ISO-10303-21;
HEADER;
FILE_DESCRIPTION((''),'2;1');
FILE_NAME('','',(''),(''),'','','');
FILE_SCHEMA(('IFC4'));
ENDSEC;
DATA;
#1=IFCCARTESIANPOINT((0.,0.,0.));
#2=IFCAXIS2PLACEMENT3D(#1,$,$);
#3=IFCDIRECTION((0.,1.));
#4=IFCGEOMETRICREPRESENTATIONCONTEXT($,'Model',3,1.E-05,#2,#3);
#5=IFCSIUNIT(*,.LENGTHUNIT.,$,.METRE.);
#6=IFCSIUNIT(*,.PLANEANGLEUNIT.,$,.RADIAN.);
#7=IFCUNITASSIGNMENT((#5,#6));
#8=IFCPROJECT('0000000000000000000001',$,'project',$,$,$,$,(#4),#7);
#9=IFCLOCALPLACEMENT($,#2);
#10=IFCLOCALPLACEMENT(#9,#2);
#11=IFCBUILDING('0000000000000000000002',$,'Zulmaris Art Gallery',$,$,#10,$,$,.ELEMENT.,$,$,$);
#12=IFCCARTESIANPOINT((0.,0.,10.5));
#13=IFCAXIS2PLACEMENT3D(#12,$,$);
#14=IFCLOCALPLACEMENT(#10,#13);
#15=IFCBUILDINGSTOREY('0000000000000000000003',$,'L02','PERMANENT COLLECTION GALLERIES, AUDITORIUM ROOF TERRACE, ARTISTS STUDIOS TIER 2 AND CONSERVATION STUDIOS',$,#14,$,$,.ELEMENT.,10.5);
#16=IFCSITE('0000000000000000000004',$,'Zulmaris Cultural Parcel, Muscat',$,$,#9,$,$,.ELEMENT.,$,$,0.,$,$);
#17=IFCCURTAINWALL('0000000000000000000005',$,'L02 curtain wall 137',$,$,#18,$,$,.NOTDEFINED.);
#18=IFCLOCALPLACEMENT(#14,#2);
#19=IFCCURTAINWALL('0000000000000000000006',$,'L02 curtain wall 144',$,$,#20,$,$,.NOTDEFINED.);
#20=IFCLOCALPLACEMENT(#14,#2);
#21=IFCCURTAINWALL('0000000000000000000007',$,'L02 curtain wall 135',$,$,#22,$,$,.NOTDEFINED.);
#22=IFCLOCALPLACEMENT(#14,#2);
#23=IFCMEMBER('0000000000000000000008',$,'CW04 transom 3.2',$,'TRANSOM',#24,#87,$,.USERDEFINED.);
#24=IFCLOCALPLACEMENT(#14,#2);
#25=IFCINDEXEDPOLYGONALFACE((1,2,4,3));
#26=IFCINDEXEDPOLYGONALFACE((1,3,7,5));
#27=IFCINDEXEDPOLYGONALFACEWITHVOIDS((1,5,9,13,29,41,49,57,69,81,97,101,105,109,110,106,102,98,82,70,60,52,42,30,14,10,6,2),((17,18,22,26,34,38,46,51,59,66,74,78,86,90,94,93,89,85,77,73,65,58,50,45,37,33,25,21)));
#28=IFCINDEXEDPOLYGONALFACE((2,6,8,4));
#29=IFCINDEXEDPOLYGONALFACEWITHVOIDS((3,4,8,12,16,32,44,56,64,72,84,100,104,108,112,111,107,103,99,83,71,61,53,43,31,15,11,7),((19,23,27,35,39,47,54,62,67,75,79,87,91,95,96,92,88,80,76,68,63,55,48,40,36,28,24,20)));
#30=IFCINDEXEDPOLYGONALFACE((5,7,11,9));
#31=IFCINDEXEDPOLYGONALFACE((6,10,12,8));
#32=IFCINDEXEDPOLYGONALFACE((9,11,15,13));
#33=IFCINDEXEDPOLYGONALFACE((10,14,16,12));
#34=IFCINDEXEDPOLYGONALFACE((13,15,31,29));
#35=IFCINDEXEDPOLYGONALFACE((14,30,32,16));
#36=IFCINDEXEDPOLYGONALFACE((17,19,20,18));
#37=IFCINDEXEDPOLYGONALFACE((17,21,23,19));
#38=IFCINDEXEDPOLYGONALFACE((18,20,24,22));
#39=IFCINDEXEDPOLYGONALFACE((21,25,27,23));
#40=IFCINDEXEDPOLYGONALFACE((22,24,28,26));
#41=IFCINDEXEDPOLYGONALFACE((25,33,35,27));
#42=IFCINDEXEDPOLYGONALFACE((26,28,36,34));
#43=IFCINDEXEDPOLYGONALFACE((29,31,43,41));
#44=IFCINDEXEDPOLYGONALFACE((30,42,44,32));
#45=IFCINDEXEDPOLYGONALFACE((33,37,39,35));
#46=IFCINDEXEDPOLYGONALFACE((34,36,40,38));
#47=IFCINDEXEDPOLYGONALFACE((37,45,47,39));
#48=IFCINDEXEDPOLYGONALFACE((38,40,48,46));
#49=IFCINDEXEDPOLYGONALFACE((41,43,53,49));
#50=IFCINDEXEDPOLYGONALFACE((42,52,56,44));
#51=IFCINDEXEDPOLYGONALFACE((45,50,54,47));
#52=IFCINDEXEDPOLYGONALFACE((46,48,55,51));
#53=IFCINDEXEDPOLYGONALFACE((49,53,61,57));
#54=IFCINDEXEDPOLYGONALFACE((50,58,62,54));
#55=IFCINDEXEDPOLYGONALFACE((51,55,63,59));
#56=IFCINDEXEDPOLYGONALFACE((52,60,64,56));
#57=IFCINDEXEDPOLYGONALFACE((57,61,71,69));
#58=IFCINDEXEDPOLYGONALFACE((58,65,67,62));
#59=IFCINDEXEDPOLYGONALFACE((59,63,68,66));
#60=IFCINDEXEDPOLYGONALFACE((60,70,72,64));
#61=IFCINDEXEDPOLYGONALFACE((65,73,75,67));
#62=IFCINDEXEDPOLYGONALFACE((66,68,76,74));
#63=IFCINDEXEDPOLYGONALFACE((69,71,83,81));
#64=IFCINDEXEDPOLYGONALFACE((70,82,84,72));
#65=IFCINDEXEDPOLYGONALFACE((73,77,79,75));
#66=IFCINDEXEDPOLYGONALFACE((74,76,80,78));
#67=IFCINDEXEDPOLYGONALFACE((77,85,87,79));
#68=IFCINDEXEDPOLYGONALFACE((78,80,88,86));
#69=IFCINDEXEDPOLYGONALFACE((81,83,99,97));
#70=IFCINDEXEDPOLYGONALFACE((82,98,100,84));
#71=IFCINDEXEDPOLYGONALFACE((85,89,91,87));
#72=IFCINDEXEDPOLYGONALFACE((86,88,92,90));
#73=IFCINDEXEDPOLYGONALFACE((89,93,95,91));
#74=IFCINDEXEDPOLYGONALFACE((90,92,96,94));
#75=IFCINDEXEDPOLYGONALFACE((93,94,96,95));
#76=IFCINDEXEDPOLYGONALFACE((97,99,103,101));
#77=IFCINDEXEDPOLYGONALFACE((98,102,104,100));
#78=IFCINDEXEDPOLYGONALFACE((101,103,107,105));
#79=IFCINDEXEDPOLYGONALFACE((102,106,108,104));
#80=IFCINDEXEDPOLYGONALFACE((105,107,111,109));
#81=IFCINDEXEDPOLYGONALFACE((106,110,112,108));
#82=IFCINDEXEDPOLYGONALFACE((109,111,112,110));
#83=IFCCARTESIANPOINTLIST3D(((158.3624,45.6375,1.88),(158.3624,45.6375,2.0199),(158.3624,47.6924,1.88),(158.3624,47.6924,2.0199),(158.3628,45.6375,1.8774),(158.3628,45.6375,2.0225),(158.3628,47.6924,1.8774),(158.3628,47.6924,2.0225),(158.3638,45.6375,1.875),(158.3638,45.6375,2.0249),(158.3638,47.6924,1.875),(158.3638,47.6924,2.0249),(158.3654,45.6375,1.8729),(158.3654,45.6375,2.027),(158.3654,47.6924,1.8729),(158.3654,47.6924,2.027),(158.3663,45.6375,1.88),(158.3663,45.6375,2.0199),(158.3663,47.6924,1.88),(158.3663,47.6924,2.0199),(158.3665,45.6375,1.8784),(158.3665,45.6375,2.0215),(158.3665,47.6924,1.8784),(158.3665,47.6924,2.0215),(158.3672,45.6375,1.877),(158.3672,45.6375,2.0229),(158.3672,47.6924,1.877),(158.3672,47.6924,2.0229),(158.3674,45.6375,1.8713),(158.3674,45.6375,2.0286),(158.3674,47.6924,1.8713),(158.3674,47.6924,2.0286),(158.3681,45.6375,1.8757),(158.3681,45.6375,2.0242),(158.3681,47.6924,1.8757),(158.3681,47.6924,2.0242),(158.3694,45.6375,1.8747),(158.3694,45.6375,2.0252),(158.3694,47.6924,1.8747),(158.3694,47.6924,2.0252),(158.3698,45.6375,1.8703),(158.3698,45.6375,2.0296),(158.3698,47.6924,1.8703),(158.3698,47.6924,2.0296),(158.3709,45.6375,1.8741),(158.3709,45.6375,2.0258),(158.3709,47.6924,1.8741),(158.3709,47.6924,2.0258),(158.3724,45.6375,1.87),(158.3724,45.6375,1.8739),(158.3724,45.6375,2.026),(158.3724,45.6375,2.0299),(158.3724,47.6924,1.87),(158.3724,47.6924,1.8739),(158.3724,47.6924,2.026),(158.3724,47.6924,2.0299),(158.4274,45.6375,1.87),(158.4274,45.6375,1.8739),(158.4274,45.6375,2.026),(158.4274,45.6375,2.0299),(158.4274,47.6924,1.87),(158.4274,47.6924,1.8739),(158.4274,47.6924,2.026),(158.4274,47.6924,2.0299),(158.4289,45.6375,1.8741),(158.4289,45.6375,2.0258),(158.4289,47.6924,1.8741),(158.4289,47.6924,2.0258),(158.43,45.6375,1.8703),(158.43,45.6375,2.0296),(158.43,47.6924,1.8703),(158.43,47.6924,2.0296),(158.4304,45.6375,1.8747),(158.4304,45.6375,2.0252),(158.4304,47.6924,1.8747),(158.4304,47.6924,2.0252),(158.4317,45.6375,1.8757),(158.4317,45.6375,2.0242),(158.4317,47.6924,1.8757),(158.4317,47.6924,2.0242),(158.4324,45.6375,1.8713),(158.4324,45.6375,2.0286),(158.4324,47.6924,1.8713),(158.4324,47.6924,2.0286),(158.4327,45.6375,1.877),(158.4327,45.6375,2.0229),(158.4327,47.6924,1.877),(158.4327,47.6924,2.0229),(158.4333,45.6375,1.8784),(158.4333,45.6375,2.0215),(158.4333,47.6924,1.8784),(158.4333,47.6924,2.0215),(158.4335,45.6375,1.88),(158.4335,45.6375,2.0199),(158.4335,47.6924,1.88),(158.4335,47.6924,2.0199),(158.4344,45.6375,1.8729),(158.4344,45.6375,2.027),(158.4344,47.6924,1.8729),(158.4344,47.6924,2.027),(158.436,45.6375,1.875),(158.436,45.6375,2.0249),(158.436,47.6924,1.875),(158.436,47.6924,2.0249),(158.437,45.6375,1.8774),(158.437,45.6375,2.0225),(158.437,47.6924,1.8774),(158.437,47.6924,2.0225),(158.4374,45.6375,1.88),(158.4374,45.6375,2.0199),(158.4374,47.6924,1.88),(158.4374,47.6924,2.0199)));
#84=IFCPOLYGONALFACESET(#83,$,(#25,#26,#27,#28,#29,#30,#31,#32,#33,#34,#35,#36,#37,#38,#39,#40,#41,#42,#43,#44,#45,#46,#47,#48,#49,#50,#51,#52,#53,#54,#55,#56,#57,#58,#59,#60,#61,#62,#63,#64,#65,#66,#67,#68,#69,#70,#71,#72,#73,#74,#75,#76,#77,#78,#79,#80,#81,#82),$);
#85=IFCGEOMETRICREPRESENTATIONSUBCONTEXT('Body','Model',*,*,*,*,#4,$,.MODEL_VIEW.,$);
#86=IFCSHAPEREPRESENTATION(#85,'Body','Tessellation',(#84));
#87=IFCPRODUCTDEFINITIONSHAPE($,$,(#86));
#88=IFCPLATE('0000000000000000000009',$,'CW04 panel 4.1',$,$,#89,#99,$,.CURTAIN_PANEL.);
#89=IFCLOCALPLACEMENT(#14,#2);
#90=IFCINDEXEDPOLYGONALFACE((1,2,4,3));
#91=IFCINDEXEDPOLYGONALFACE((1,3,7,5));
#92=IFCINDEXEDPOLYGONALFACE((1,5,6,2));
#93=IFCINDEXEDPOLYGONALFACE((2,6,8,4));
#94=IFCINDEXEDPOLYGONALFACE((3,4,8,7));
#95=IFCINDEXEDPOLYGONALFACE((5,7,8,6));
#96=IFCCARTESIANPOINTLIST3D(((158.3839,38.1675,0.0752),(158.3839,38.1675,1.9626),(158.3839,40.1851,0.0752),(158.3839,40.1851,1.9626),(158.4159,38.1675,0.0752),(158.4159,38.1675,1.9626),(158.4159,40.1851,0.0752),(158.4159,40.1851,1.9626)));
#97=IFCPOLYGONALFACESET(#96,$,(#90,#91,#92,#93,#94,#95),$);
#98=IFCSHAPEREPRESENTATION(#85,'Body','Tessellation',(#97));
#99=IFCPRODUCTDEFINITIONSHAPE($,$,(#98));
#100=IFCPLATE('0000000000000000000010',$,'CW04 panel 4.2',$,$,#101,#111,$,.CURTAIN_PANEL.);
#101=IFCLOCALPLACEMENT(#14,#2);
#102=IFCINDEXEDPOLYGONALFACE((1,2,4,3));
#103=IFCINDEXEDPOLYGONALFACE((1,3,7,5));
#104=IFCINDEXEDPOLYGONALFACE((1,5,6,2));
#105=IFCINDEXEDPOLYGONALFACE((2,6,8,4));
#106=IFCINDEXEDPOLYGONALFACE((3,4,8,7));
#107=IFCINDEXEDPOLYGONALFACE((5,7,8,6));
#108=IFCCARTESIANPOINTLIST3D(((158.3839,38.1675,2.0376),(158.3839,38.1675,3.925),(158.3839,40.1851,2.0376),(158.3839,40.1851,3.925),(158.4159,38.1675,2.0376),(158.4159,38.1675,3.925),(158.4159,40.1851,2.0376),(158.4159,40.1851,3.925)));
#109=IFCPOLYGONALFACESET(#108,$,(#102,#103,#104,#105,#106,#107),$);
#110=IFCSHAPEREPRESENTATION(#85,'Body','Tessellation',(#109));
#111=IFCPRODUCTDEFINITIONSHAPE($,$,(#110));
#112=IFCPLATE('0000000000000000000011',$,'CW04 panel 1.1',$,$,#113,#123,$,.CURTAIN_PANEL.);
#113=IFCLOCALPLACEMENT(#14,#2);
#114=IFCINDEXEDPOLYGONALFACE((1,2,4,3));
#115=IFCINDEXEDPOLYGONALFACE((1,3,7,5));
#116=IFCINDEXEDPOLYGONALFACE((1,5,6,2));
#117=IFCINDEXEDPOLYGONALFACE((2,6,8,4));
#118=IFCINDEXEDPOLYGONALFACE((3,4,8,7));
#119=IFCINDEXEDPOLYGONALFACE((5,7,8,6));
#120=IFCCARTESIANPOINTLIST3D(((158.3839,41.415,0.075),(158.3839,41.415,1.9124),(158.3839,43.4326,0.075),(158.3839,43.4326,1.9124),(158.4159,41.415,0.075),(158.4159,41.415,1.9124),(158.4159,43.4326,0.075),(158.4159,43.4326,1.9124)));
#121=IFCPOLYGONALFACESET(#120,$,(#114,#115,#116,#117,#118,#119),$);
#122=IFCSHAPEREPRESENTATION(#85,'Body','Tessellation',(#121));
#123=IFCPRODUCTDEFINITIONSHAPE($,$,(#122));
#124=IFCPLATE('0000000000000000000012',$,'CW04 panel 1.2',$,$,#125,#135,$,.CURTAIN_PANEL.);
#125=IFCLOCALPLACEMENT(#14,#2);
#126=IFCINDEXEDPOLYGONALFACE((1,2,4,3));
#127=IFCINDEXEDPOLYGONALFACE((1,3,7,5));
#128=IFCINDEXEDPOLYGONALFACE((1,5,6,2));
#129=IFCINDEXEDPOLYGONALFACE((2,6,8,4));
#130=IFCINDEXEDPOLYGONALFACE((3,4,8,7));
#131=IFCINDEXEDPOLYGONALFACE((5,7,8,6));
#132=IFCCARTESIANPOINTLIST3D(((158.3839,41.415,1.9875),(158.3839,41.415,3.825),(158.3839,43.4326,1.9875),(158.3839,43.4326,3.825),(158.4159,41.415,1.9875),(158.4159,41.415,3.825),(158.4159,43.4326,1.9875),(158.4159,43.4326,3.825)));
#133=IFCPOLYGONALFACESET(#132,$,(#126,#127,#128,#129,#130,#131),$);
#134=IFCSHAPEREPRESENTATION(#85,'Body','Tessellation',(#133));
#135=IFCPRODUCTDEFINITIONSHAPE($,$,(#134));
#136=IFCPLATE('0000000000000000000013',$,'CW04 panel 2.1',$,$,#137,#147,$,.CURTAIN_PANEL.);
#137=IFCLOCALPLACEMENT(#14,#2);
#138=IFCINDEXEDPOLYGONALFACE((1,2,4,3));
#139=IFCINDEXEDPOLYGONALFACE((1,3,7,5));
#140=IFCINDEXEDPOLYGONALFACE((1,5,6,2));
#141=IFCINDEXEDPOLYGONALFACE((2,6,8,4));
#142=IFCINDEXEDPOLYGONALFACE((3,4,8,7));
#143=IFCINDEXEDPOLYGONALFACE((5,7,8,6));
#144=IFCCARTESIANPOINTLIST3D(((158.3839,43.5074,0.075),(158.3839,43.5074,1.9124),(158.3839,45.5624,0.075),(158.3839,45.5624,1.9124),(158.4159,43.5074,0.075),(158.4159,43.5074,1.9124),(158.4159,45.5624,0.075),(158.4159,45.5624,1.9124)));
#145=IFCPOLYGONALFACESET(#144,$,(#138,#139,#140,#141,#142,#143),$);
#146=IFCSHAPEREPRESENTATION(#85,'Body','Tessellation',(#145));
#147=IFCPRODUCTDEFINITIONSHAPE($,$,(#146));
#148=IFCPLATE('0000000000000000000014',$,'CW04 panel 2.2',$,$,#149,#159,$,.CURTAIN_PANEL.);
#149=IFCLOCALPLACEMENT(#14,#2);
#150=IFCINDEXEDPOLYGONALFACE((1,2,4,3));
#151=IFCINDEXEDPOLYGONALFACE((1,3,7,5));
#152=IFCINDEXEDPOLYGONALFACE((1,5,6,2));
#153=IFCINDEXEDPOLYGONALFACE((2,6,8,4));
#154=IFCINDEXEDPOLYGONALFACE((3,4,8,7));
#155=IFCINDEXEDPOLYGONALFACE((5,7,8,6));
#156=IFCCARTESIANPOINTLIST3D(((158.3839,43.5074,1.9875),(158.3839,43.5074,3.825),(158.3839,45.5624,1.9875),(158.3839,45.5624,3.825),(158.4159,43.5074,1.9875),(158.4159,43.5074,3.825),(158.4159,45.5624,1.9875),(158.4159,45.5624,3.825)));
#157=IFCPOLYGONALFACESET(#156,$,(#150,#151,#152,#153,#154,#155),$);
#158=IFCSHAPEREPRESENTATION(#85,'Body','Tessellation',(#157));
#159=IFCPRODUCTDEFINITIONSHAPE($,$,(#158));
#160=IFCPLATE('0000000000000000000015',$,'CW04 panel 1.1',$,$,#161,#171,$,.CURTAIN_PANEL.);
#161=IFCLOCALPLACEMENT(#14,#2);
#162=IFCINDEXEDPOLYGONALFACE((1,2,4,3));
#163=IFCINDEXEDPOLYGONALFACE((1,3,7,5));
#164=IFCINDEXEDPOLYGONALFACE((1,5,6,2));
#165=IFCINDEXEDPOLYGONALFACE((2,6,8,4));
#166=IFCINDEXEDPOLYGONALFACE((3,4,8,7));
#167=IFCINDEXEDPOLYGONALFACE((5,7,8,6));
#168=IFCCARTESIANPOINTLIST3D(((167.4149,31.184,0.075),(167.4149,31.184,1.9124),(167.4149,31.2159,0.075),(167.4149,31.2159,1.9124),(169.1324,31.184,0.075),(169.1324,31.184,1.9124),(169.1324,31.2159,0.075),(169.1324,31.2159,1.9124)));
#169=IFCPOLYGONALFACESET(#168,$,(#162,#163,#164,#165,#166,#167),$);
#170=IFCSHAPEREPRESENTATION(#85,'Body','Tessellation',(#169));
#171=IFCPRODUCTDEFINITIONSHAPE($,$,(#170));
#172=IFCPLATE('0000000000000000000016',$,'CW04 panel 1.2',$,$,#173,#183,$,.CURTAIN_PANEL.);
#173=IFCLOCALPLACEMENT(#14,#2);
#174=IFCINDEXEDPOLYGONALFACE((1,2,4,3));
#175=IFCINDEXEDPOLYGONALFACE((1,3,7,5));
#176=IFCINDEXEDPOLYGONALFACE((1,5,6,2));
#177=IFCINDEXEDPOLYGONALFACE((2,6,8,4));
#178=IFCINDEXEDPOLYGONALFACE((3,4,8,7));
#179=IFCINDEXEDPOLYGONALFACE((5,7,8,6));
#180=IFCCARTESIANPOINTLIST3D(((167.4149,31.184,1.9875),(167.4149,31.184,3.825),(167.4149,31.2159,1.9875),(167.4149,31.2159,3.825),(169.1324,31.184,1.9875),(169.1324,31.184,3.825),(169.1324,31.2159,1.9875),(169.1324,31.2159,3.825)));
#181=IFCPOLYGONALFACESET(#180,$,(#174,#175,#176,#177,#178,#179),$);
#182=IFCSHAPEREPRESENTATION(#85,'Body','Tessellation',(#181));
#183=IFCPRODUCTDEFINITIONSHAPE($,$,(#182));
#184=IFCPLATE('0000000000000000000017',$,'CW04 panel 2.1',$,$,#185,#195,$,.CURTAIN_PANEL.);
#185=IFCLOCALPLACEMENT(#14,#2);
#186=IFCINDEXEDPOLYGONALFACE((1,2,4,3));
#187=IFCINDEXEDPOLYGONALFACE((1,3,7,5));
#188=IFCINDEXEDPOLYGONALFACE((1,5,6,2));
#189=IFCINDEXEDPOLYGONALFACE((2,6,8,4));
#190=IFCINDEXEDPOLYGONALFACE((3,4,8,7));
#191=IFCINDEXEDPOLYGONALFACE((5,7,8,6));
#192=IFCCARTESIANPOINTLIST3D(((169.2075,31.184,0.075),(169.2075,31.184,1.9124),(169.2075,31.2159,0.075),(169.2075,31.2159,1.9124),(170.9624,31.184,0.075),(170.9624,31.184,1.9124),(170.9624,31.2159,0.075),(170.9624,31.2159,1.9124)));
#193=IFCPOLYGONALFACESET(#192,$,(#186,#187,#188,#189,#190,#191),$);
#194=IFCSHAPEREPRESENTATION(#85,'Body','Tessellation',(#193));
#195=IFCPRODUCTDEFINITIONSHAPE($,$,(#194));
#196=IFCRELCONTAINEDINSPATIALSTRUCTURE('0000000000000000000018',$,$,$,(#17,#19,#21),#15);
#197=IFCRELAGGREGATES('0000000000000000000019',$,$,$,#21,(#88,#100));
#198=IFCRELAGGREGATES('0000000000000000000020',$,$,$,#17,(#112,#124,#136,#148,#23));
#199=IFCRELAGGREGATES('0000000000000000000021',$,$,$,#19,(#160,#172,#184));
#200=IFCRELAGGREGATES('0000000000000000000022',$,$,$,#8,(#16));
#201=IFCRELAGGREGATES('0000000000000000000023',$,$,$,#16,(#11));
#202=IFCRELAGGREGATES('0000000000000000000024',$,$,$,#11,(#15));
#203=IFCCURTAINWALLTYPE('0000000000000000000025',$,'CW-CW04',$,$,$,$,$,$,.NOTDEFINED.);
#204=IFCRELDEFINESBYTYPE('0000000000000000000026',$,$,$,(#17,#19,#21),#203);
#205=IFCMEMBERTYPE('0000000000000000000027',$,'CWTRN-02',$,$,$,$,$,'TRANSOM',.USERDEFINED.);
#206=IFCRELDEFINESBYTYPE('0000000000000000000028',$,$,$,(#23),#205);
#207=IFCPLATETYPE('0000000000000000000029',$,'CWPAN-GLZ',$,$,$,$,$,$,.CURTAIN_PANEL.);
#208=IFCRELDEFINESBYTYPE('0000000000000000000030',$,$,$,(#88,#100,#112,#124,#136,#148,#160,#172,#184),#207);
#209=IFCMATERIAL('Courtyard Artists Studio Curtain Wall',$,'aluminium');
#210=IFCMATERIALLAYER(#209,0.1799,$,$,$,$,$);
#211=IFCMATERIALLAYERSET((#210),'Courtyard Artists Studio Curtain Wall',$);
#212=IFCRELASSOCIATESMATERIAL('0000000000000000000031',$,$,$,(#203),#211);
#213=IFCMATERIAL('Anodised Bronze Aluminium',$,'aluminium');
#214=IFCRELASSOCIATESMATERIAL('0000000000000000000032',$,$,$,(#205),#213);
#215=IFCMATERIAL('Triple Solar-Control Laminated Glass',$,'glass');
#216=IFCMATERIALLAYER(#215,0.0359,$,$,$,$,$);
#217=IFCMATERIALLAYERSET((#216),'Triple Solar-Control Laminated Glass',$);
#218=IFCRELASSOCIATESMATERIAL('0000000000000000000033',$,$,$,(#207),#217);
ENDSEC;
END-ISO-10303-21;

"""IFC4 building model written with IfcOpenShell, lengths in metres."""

from ifc_helpers import new_model, si_unit, direction, frame, origin, origin_2d, place, context, subcontext, project, spatial, rectangle, hollow_rectangle, extrude, material, layer, layer_set, material_profile, profile_set, type_object, element, aggregate, save


model = new_model("IFC4")

# Units and contexts
model_context = context("Model", 3, precision=1e-05, world=origin(), true_north=direction((0.0, 1.0)))
body_context = subcontext(model_context, "Body", "Model", "MODEL_VIEW")
ifc_project = project(units=[si_unit("LENGTHUNIT", "METRE"), si_unit("PLANEANGLEUNIT", "RADIAN")], contexts=[model_context])

# Site, building, storey
site_placement = place(None, origin())
site = spatial("IfcSite", under=ifc_project, at=site_placement, Name="Zulmaris Cultural Parcel, Muscat", CompositionType="ELEMENT", RefElevation=0.0)
building_placement = place(site_placement, origin())
building = spatial("IfcBuilding", under=site, at=building_placement, Name="Zulmaris Art Gallery", CompositionType="ELEMENT")
storey_placement = place(building_placement, frame((0.0, 0.0, 10.5)))
storey = spatial("IfcBuildingStorey", under=building, at=storey_placement, Name="L02", Description="PERMANENT COLLECTION GALLERIES, AUDITORIUM ROOF TERRACE, ARTISTS STUDIOS TIER 2 AND CONSERVATION STUDIOS", CompositionType="ELEMENT", Elevation=10.5)

# Curtain walls
ifc_material_1 = material(Name="Courtyard Artists Studio Curtain Wall", Category="aluminium")
ifc_layer_1 = layer(ifc_material_1, 0.1799)
ifc_layer_set_1 = layer_set([ifc_layer_1], Name="Courtyard Artists Studio Curtain Wall")
curtain_wall_type = type_object("IfcCurtainWallType", Name="CW-CW04", PredefinedType="NOTDEFINED", material=ifc_layer_set_1)
curtain_wall_1_placement = place(storey_placement, origin())
curtain_wall_1 = element("IfcCurtainWall", 1, at=curtain_wall_1_placement, inside=storey, type_object=curtain_wall_type, Name="L02 curtain wall 137", PredefinedType="NOTDEFINED")
ifc_material_2 = material(Name="Anodised Bronze Aluminium", Category="aluminium")
curtain_wall_2_placement = place(storey_placement, origin())
curtain_wall_2 = element("IfcCurtainWall", 2, at=curtain_wall_2_placement, inside=storey, type_object=curtain_wall_type, Name="L02 curtain wall 144", PredefinedType="NOTDEFINED")
curtain_wall_3_placement = place(storey_placement, origin())
curtain_wall_3 = element("IfcCurtainWall", 3, at=curtain_wall_3_placement, inside=storey, type_object=curtain_wall_type, Name="L02 curtain wall 135", PredefinedType="NOTDEFINED")
ifc_material_profile_1 = material_profile(ifc_material_2, hollow_rectangle(XDim=0.075, YDim=0.1599, WallThickness=0.0039, InnerFilletRadius=0.0061, OuterFilletRadius=0.01, at=origin_2d()), Name="ALU 75x160x4")
ifc_profile_set_1 = profile_set([ifc_material_profile_1], Name="Anodised Bronze Aluminium")
member_type_1 = type_object("IfcMemberType", Name="CWTRN-02", ElementType="TRANSOM", PredefinedType="USERDEFINED", material=ifc_profile_set_1)

# Member
member_1_placement = place(storey_placement, frame((158.3999, 45.6375, 1.95), z_axis=(0.0, 1.0, 0.0), x_axis=(-1.0, 0.0, 0.0)))
member_1 = element("IfcMember", 4, at=member_1_placement, type_object=member_type_1, Name="CW04 transom 3.2", ObjectType="TRANSOM", PredefinedType="USERDEFINED", context=body_context, shape_type="SweptSolid", body=[
    extrude(hollow_rectangle(XDim=0.075, YDim=0.1599, WallThickness=0.0039, InnerFilletRadius=0.0061, OuterFilletRadius=0.01, at=origin_2d()), origin(), (0.0, 0.0, 1.0), 2.0549),
])

# Plates
ifc_material_3 = material(Name="Triple Solar-Control Laminated Glass", Category="glass")
ifc_layer_2 = layer(ifc_material_3, 0.0359)
ifc_layer_set_2 = layer_set([ifc_layer_2], Name="Triple Solar-Control Laminated Glass")
plate_type = type_object("IfcPlateType", Name="CWPAN-GLZ", PredefinedType="CURTAIN_PANEL", material=ifc_layer_set_2)
plate_1_placement = place(storey_placement, frame((158.3999, 39.1763, 0.0752), z_axis=(0.0, 0.0, 1.0), x_axis=(0.0, 1.0, 0.0)))
plate_1 = element("IfcPlate", 5, at=plate_1_placement, type_object=plate_type, Name="CW04 panel 4.1", PredefinedType="CURTAIN_PANEL", context=body_context, shape_type="SweptSolid", body=[
    extrude(rectangle(XDim=2.0176, YDim=0.032, at=origin_2d()), origin(), (0.0, 0.0, 1.0), 1.8875),
])
plate_2_placement = place(storey_placement, frame((158.3999, 39.1763, 2.0376), z_axis=(0.0, 0.0, 1.0), x_axis=(0.0, 1.0, 0.0)))
plate_2 = element("IfcPlate", 6, at=plate_2_placement, type_object=plate_type, Name="CW04 panel 4.2", PredefinedType="CURTAIN_PANEL", context=body_context, shape_type="SweptSolid", body=[
    extrude(rectangle(XDim=2.0176, YDim=0.032, at=origin_2d()), origin(), (0.0, 0.0, 1.0), 1.8875),
])
aggregate(curtain_wall_3, [plate_1, plate_2])
plate_3_placement = place(storey_placement, frame((158.3999, 42.4238, 0.075), z_axis=(0.0, 0.0, 1.0), x_axis=(0.0, 1.0, 0.0)))
plate_3 = element("IfcPlate", 7, at=plate_3_placement, type_object=plate_type, Name="CW04 panel 1.1", PredefinedType="CURTAIN_PANEL", context=body_context, shape_type="SweptSolid", body=[
    extrude(rectangle(XDim=2.0176, YDim=0.032, at=origin_2d()), origin(), (0.0, 0.0, 1.0), 1.8374),
])
plate_4_placement = place(storey_placement, frame((158.3999, 42.4238, 1.9875), z_axis=(0.0, 0.0, 1.0), x_axis=(0.0, 1.0, 0.0)))
plate_4 = element("IfcPlate", 8, at=plate_4_placement, type_object=plate_type, Name="CW04 panel 1.2", PredefinedType="CURTAIN_PANEL", context=body_context, shape_type="SweptSolid", body=[
    extrude(rectangle(XDim=2.0176, YDim=0.032, at=origin_2d()), origin(), (0.0, 0.0, 1.0), 1.8374),
])
plate_5_placement = place(storey_placement, frame((158.3999, 44.5349, 0.075), z_axis=(0.0, 0.0, 1.0), x_axis=(0.0, 1.0, 0.0)))
plate_5 = element("IfcPlate", 9, at=plate_5_placement, type_object=plate_type, Name="CW04 panel 2.1", PredefinedType="CURTAIN_PANEL", context=body_context, shape_type="SweptSolid", body=[
    extrude(rectangle(XDim=2.0549, YDim=0.032, at=origin_2d()), origin(), (0.0, 0.0, 1.0), 1.8374),
])
plate_6_placement = place(storey_placement, frame((158.3999, 44.5349, 1.9875), z_axis=(0.0, 0.0, 1.0), x_axis=(0.0, 1.0, 0.0)))
plate_6 = element("IfcPlate", 10, at=plate_6_placement, type_object=plate_type, Name="CW04 panel 2.2", PredefinedType="CURTAIN_PANEL", context=body_context, shape_type="SweptSolid", body=[
    extrude(rectangle(XDim=2.0549, YDim=0.032, at=origin_2d()), origin(), (0.0, 0.0, 1.0), 1.8374),
])
aggregate(curtain_wall_1, [plate_3, plate_4, plate_5, plate_6, member_1])
plate_7_placement = place(storey_placement, frame((168.2737, 31.2, 0.075), z_axis=(0.0, 0.0, 1.0), x_axis=(1.0, 0.0, 0.0)))
plate_7 = element("IfcPlate", 11, at=plate_7_placement, type_object=plate_type, Name="CW04 panel 1.1", PredefinedType="CURTAIN_PANEL", context=body_context, shape_type="SweptSolid", body=[
    extrude(rectangle(XDim=1.7175, YDim=0.032, at=origin_2d()), origin(), (0.0, 0.0, 1.0), 1.8374),
])
plate_8_placement = place(storey_placement, frame((168.2737, 31.2, 1.9875), z_axis=(0.0, 0.0, 1.0), x_axis=(1.0, 0.0, 0.0)))
plate_8 = element("IfcPlate", 12, at=plate_8_placement, type_object=plate_type, Name="CW04 panel 1.2", PredefinedType="CURTAIN_PANEL", context=body_context, shape_type="SweptSolid", body=[
    extrude(rectangle(XDim=1.7175, YDim=0.032, at=origin_2d()), origin(), (0.0, 0.0, 1.0), 1.8374),
])
plate_9_placement = place(storey_placement, frame((170.085, 31.2, 0.075), z_axis=(0.0, 0.0, 1.0), x_axis=(1.0, 0.0, 0.0)))
plate_9 = element("IfcPlate", 13, at=plate_9_placement, type_object=plate_type, Name="CW04 panel 2.1", PredefinedType="CURTAIN_PANEL", context=body_context, shape_type="SweptSolid", body=[
    extrude(rectangle(XDim=1.7549, YDim=0.032, at=origin_2d()), origin(), (0.0, 0.0, 1.0), 1.8374),
])
aggregate(curtain_wall_2, [plate_7, plate_8, plate_9])

save(model, "model.ifc")
